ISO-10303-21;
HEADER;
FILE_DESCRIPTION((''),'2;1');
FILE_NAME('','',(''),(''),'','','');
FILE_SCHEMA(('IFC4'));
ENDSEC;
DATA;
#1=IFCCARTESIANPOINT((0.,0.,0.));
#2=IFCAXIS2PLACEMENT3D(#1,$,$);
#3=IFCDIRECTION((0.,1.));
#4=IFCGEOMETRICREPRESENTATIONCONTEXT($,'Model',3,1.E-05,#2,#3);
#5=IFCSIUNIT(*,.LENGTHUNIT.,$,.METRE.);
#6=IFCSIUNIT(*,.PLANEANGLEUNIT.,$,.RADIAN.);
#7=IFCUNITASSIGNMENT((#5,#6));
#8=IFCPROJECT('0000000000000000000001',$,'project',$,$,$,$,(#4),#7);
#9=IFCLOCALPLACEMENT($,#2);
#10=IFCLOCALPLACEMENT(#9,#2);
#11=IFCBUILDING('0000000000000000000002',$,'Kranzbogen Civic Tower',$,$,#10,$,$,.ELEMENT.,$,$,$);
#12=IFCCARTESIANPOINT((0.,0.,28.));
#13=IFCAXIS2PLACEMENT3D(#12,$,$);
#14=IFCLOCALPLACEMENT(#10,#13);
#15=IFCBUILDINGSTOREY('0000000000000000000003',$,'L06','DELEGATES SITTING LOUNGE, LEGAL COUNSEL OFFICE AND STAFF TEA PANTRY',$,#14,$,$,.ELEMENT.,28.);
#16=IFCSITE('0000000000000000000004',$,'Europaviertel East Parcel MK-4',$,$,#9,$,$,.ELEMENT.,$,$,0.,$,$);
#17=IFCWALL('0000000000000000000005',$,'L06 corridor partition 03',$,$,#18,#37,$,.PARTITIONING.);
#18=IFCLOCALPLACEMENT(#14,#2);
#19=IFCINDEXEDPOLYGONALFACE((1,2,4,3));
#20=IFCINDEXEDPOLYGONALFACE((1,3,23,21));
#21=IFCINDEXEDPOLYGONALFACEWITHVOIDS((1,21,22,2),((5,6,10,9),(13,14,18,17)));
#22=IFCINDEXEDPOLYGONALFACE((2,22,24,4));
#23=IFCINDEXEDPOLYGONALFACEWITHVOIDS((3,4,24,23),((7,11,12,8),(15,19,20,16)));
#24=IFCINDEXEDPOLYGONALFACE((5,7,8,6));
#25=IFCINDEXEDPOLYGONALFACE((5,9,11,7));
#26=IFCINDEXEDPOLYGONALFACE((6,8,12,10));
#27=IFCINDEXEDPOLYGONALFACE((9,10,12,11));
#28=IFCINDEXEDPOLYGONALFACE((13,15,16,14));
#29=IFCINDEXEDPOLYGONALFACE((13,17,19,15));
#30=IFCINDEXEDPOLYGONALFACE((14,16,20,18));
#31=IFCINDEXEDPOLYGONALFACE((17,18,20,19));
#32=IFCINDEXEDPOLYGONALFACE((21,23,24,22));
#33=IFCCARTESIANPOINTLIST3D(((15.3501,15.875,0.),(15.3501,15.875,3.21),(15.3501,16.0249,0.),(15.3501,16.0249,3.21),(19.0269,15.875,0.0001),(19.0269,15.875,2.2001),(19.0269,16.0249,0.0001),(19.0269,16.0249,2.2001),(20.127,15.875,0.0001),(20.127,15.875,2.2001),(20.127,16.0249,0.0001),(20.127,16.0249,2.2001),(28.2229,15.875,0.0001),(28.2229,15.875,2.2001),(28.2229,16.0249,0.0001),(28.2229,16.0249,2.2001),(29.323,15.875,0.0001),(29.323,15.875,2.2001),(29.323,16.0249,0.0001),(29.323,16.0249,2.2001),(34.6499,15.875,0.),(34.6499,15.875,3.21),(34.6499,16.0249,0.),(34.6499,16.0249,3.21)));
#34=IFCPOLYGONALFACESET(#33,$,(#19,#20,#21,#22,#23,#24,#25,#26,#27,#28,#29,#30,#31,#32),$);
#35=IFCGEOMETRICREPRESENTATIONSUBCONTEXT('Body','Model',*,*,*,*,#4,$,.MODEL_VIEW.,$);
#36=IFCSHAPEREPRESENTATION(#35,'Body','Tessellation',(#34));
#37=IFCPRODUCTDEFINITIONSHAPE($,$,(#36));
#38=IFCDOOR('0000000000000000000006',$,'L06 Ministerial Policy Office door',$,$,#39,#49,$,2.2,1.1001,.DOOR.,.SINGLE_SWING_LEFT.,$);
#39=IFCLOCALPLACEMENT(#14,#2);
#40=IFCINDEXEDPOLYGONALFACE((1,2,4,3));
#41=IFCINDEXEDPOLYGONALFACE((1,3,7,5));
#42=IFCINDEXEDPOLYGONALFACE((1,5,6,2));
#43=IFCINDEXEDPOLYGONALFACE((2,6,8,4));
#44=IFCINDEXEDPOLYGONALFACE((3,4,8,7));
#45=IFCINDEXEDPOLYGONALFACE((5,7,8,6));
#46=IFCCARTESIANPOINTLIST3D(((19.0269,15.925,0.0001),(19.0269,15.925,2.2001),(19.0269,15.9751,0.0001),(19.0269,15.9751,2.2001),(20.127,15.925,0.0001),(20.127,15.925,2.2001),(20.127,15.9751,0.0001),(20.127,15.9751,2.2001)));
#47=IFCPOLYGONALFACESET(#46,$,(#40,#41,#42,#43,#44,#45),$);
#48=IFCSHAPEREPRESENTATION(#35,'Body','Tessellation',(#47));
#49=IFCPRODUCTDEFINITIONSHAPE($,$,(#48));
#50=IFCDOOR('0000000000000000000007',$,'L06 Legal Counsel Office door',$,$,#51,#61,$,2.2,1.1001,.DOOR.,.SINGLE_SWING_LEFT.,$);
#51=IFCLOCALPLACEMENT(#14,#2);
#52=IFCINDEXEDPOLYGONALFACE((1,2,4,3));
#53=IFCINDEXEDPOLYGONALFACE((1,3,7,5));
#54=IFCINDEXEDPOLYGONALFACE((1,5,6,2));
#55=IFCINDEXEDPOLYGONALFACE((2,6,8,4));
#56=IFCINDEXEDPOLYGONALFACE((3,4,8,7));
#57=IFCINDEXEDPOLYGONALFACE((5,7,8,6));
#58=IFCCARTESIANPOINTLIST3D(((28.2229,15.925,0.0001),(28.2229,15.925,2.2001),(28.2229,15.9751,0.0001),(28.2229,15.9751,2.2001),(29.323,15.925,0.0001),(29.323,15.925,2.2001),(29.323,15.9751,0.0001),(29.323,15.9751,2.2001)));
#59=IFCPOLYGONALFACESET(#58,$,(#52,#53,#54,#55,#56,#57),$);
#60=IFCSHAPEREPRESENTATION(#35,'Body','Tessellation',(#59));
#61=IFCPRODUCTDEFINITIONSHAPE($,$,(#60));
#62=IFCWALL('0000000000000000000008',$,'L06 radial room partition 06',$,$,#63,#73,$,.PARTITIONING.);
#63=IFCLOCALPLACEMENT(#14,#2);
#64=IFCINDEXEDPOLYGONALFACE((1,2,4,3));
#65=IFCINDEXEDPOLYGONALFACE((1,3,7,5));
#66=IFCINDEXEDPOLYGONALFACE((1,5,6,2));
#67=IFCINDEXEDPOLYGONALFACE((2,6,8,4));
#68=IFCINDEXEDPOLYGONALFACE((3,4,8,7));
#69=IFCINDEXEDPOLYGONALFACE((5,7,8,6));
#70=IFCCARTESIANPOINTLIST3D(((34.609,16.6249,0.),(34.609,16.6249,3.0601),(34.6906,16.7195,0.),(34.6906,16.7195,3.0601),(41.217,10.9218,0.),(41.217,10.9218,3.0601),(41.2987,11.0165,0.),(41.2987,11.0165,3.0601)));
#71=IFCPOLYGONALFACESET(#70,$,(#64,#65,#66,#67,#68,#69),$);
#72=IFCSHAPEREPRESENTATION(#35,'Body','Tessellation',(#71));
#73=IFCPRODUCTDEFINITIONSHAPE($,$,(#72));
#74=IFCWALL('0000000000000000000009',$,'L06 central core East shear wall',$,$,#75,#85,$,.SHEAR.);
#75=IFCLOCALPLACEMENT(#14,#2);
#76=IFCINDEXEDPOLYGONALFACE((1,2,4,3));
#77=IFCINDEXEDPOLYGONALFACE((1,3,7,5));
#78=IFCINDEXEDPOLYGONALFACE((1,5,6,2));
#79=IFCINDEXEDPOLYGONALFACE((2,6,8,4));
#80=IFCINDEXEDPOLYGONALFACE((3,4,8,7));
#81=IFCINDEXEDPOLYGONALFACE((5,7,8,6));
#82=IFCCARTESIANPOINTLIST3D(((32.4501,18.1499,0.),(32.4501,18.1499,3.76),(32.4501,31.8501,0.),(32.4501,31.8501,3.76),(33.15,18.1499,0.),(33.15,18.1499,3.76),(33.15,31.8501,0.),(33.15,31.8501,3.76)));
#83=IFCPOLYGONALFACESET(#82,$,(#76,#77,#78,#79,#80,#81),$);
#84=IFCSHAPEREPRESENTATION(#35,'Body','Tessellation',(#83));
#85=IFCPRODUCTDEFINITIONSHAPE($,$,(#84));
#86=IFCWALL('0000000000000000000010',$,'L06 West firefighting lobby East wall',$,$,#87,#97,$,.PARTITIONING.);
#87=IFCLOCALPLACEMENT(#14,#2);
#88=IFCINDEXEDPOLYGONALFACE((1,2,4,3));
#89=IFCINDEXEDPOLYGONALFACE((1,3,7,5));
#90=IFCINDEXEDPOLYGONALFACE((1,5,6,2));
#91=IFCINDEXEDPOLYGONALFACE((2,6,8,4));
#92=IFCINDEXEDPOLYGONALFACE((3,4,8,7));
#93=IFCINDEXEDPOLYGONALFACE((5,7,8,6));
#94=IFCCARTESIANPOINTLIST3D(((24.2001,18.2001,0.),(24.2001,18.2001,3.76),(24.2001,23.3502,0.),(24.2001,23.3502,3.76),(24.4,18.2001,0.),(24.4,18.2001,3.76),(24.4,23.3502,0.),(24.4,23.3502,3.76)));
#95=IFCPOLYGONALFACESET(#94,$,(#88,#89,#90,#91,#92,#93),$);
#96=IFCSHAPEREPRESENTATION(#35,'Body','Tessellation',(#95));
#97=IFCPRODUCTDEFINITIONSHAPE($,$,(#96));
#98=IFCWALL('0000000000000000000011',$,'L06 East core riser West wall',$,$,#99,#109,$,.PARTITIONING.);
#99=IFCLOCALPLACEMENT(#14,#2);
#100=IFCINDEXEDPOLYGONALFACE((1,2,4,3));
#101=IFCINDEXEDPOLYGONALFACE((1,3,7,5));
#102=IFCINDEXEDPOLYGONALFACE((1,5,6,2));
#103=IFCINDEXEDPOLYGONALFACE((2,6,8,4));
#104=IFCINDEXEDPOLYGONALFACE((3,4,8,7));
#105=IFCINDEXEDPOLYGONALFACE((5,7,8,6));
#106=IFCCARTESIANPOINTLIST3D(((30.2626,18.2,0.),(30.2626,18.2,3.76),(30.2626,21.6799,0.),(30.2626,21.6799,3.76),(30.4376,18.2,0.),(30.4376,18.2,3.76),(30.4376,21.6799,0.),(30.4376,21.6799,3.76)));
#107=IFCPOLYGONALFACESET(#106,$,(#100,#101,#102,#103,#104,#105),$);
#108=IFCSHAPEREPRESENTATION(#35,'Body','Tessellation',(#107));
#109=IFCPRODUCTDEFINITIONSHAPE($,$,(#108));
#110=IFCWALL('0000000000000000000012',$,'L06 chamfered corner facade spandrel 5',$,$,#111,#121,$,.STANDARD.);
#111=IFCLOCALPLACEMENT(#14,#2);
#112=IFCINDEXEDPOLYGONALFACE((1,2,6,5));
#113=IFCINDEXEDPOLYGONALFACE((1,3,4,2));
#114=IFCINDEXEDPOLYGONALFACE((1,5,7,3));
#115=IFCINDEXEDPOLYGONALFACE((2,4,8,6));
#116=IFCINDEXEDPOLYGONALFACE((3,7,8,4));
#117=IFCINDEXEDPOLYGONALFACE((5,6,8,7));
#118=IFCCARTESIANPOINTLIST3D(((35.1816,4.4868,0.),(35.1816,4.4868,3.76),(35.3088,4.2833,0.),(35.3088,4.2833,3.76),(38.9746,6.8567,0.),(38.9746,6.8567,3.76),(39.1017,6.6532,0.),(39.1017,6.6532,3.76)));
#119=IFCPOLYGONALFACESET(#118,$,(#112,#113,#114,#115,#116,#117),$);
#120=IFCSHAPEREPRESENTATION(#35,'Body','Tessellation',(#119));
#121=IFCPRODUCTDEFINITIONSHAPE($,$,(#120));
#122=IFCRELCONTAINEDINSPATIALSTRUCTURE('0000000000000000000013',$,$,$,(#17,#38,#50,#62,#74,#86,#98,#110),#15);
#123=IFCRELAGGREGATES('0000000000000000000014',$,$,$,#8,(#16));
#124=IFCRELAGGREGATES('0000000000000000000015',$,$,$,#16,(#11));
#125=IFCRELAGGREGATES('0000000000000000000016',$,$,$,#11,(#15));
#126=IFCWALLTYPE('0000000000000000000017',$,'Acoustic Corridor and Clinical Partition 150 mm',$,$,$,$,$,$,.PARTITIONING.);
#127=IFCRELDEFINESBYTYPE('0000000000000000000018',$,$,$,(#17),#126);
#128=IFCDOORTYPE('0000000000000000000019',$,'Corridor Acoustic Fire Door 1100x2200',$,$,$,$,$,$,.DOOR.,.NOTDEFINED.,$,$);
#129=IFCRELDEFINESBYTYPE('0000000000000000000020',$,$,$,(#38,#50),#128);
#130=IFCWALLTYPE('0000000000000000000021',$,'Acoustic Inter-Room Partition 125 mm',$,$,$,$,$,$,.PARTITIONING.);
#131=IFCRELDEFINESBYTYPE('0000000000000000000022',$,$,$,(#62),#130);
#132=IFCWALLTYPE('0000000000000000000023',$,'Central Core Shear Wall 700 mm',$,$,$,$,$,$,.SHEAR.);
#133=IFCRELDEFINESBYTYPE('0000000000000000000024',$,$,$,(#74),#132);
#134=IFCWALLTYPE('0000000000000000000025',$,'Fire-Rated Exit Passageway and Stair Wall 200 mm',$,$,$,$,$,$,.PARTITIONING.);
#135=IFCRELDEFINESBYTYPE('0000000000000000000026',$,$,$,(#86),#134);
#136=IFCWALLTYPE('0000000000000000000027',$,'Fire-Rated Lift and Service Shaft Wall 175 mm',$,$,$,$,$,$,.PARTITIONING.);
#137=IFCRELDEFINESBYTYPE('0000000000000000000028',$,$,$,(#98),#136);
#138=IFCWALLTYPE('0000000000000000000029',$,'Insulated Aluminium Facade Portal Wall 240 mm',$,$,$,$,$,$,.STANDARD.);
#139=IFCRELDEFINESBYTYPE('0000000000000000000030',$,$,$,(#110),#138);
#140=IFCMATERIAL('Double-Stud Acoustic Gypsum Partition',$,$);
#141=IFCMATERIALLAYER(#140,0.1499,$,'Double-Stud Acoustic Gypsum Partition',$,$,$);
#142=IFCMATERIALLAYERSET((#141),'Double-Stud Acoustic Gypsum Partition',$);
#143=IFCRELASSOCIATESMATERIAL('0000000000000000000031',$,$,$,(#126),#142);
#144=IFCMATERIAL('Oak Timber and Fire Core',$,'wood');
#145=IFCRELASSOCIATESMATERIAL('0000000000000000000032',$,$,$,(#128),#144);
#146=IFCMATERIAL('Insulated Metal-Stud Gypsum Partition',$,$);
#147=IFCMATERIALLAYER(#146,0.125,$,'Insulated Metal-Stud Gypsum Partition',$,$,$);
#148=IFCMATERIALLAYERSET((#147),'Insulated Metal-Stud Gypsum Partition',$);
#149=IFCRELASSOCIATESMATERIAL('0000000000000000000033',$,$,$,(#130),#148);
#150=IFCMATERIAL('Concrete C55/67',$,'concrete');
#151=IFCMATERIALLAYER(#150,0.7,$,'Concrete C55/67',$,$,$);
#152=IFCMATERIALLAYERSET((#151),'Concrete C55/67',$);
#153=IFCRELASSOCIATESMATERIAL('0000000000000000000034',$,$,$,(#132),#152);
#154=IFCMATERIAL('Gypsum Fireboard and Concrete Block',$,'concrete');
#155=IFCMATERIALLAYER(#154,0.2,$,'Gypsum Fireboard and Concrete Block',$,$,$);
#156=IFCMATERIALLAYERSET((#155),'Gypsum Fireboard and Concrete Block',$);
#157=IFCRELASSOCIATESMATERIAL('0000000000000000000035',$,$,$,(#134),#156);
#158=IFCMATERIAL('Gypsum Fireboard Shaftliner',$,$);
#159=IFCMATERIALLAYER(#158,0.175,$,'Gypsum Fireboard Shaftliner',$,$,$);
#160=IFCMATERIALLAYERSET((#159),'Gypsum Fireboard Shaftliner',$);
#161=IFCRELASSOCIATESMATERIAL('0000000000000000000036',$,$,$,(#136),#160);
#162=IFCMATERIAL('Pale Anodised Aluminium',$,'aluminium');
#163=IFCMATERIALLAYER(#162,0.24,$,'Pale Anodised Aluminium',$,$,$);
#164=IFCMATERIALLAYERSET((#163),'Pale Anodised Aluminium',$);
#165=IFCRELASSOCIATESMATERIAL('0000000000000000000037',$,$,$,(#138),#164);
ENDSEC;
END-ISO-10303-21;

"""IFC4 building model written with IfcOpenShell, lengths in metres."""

from ifc_helpers import new_model, si_unit, direction, frame, frame_2d, origin, place, context, subcontext, project, spatial, rectangle, extrude, material, layer, layer_set, type_object, element, fill, save


model = new_model("IFC4")

# Units and contexts
model_context = context("Model", 3, precision=1e-05, world=origin(), true_north=direction((0.0, 1.0)))
body_context = subcontext(model_context, "Body", "Model", "MODEL_VIEW")
ifc_project = project(units=[si_unit("LENGTHUNIT", "METRE"), si_unit("PLANEANGLEUNIT", "RADIAN")], contexts=[model_context])

# Site, building, storey
site_placement = place(None, origin())
site = spatial("IfcSite", under=ifc_project, at=site_placement, Name="Europaviertel East Parcel MK-4", CompositionType="ELEMENT", RefElevation=0.0)
building_placement = place(site_placement, origin())
building = spatial("IfcBuilding", under=site, at=building_placement, Name="Kranzbogen Civic Tower", CompositionType="ELEMENT")
storey_placement = place(building_placement, frame((0.0, 0.0, 28.0)))
storey = spatial("IfcBuildingStorey", under=building, at=storey_placement, Name="L06", Description="DELEGATES SITTING LOUNGE, LEGAL COUNSEL OFFICE AND STAFF TEA PANTRY", CompositionType="ELEMENT", Elevation=28.0)

# Shared definitions
ifc_material_1 = material(Name="Pale Anodised Aluminium", Category="aluminium")

# Wall, openings, doors
ifc_material_2 = material(Name="Double-Stud Acoustic Gypsum Partition")
ifc_layer_1 = layer(ifc_material_2, 0.1499, Name="Double-Stud Acoustic Gypsum Partition")
ifc_layer_set_1 = layer_set([ifc_layer_1], Name="Double-Stud Acoustic Gypsum Partition")
wall_type_1 = type_object("IfcWallType", Name="Acoustic Corridor and Clinical Partition 150 mm", PredefinedType="PARTITIONING", material=ifc_layer_set_1)
wall_1_placement = place(storey_placement, frame((34.6499, 15.95, 0.0), z_axis=(0.0, 0.0, 1.0), x_axis=(-1.0, 0.0, 0.0)))
wall_1 = element("IfcWall", 1, at=wall_1_placement, inside=storey, type_object=wall_type_1, Name="L06 corridor partition 03", PredefinedType="PARTITIONING", context=body_context, shape_type="SweptSolid", body=[
    extrude(rectangle(XDim=19.2998, YDim=0.1499, at=frame_2d((9.6499, 0.0))), origin(), (0.0, 0.0, 1.0), 3.21),
])
opening_1_placement = place(wall_1_placement, frame((14.5229, 0.0, 0.0)))
opening_1 = element("IfcOpeningElement", 2, at=opening_1_placement, cuts=wall_1, PredefinedType="OPENING", context=body_context, shape_type="SweptSolid", body=[
    extrude(rectangle(XDim=1.1001, YDim=2.2, at=frame_2d((0.55, 1.1001))), frame((0.0, 0.085, 0.0), z_axis=(0.0, -1.0, 0.0), x_axis=(1.0, 0.0, 0.0)), (0.0, 0.0, 1.0), 0.1699),
])
opening_2_placement = place(wall_1_placement, frame((5.3269, 0.0, 0.0)))
opening_2 = element("IfcOpeningElement", 3, at=opening_2_placement, cuts=wall_1, PredefinedType="OPENING", context=body_context, shape_type="SweptSolid", body=[
    extrude(rectangle(XDim=1.1001, YDim=2.2, at=frame_2d((0.55, 1.1001))), frame((0.0, 0.085, 0.0), z_axis=(0.0, -1.0, 0.0), x_axis=(1.0, 0.0, 0.0)), (0.0, 0.0, 1.0), 0.1699),
])
ifc_material_3 = material(Name="Oak Timber and Fire Core", Category="wood")
door_type = type_object("IfcDoorType", Name="Corridor Acoustic Fire Door 1100x2200", OperationType="NOTDEFINED", PredefinedType="DOOR", material=ifc_material_3)
door_1_placement = place(opening_1_placement, origin())
door_1 = element("IfcDoor", 4, at=door_1_placement, inside=storey, type_object=door_type, Name="L06 Ministerial Policy Office door", OperationType="SINGLE_SWING_LEFT", OverallHeight=2.2, OverallWidth=1.1001, PredefinedType="DOOR", context=body_context, shape_type="SweptSolid", body=[
    extrude(rectangle(XDim=1.1001, YDim=2.2, at=frame_2d((0.55, 1.1001))), frame((0.0, 0.0249, 0.0), z_axis=(0.0, -1.0, 0.0), x_axis=(1.0, 0.0, 0.0)), (0.0, 0.0, 1.0), 0.05),
])
fill(opening_1, door_1)
door_2_placement = place(opening_2_placement, origin())
door_2 = element("IfcDoor", 5, at=door_2_placement, inside=storey, type_object=door_type, Name="L06 Legal Counsel Office door", OperationType="SINGLE_SWING_LEFT", OverallHeight=2.2, OverallWidth=1.1001, PredefinedType="DOOR", context=body_context, shape_type="SweptSolid", body=[
    extrude(rectangle(XDim=1.1001, YDim=2.2, at=frame_2d((0.55, 1.1001))), frame((0.0, 0.0249, 0.0), z_axis=(0.0, -1.0, 0.0), x_axis=(1.0, 0.0, 0.0)), (0.0, 0.0, 1.0), 0.05),
])
fill(opening_2, door_2)

# Walls
ifc_material_4 = material(Name="Insulated Metal-Stud Gypsum Partition")
ifc_layer_2 = layer(ifc_material_4, 0.125, Name="Insulated Metal-Stud Gypsum Partition")
ifc_layer_set_2 = layer_set([ifc_layer_2], Name="Insulated Metal-Stud Gypsum Partition")
wall_type_2 = type_object("IfcWallType", Name="Acoustic Inter-Room Partition 125 mm", PredefinedType="PARTITIONING", material=ifc_layer_set_2)
wall_2_placement = place(storey_placement, frame((34.6499, 16.6721, 0.0), z_axis=(0.0, 0.0, 1.0), x_axis=(0.757045, -0.653363, 0.0)))
element("IfcWall", 6, at=wall_2_placement, inside=storey, type_object=wall_type_2, Name="L06 radial room partition 06", PredefinedType="PARTITIONING", context=body_context, shape_type="SweptSolid", body=[
    extrude(rectangle(XDim=8.7288, YDim=0.125, at=frame_2d((4.3643, 0.0))), origin(), (0.0, 0.0, 1.0), 3.0601),
])
ifc_material_5 = material(Name="Concrete C55/67", Category="concrete")
ifc_layer_3 = layer(ifc_material_5, 0.7, Name="Concrete C55/67")
ifc_layer_set_3 = layer_set([ifc_layer_3], Name="Concrete C55/67")
wall_type_3 = type_object("IfcWallType", Name="Central Core Shear Wall 700 mm", PredefinedType="SHEAR", material=ifc_layer_set_3)
wall_3_placement = place(storey_placement, frame((32.8, 18.1499, 0.0), z_axis=(0.0, 0.0, 1.0), x_axis=(0.0, 1.0, 0.0)))
element("IfcWall", 7, at=wall_3_placement, inside=storey, type_object=wall_type_3, Name="L06 central core East shear wall", PredefinedType="SHEAR", context=body_context, shape_type="SweptSolid", body=[
    extrude(rectangle(XDim=13.7002, YDim=0.7, at=frame_2d((6.8501, 0.0))), origin(), (0.0, 0.0, 1.0), 3.76),
])
ifc_material_6 = material(Name="Gypsum Fireboard and Concrete Block", Category="concrete")
ifc_layer_4 = layer(ifc_material_6, 0.2, Name="Gypsum Fireboard and Concrete Block")
ifc_layer_set_4 = layer_set([ifc_layer_4], Name="Gypsum Fireboard and Concrete Block")
wall_type_4 = type_object("IfcWallType", Name="Fire-Rated Exit Passageway and Stair Wall 200 mm", PredefinedType="PARTITIONING", material=ifc_layer_set_4)
wall_4_placement = place(storey_placement, frame((24.3, 18.2, 0.0), z_axis=(0.0, 0.0, 1.0), x_axis=(0.0, 1.0, 0.0)))
element("IfcWall", 8, at=wall_4_placement, inside=storey, type_object=wall_type_4, Name="L06 West firefighting lobby East wall", PredefinedType="PARTITIONING", context=body_context, shape_type="SweptSolid", body=[
    extrude(rectangle(XDim=5.1501, YDim=0.2, at=frame_2d((2.5752, 0.0))), origin(), (0.0, 0.0, 1.0), 3.76),
])
ifc_material_7 = material(Name="Gypsum Fireboard Shaftliner")
ifc_layer_5 = layer(ifc_material_7, 0.175, Name="Gypsum Fireboard Shaftliner")
ifc_layer_set_5 = layer_set([ifc_layer_5], Name="Gypsum Fireboard Shaftliner")
wall_type_5 = type_object("IfcWallType", Name="Fire-Rated Lift and Service Shaft Wall 175 mm", PredefinedType="PARTITIONING", material=ifc_layer_set_5)
wall_5_placement = place(storey_placement, frame((30.3501, 18.2, 0.0), z_axis=(0.0, 0.0, 1.0), x_axis=(0.0, 1.0, 0.0)))
element("IfcWall", 9, at=wall_5_placement, inside=storey, type_object=wall_type_5, Name="L06 East core riser West wall", PredefinedType="PARTITIONING", context=body_context, shape_type="SweptSolid", body=[
    extrude(rectangle(XDim=3.48, YDim=0.175, at=frame_2d((1.74, 0.0))), origin(), (0.0, 0.0, 1.0), 3.76),
])
ifc_layer_6 = layer(ifc_material_1, 0.24, Name="Pale Anodised Aluminium")
ifc_layer_set_6 = layer_set([ifc_layer_6], Name="Pale Anodised Aluminium")
wall_type_6 = type_object("IfcWallType", Name="Insulated Aluminium Facade Portal Wall 240 mm", PredefinedType="STANDARD", material=ifc_layer_set_6)
wall_6_placement = place(storey_placement, frame((35.2451, 4.385, 0.0), z_axis=(0.0, 0.0, 1.0), x_axis=(0.848072, 0.529881, 0.0)))
element("IfcWall", 10, at=wall_6_placement, inside=storey, type_object=wall_type_6, Name="L06 chamfered corner facade spandrel 5", PredefinedType="STANDARD", context=body_context, shape_type="SweptSolid", body=[
    extrude(rectangle(XDim=4.4724, YDim=0.24, at=frame_2d((2.2363, 0.0))), origin(), (0.0, 0.0, 1.0), 3.76),
])

save(model, "model.ifc")
